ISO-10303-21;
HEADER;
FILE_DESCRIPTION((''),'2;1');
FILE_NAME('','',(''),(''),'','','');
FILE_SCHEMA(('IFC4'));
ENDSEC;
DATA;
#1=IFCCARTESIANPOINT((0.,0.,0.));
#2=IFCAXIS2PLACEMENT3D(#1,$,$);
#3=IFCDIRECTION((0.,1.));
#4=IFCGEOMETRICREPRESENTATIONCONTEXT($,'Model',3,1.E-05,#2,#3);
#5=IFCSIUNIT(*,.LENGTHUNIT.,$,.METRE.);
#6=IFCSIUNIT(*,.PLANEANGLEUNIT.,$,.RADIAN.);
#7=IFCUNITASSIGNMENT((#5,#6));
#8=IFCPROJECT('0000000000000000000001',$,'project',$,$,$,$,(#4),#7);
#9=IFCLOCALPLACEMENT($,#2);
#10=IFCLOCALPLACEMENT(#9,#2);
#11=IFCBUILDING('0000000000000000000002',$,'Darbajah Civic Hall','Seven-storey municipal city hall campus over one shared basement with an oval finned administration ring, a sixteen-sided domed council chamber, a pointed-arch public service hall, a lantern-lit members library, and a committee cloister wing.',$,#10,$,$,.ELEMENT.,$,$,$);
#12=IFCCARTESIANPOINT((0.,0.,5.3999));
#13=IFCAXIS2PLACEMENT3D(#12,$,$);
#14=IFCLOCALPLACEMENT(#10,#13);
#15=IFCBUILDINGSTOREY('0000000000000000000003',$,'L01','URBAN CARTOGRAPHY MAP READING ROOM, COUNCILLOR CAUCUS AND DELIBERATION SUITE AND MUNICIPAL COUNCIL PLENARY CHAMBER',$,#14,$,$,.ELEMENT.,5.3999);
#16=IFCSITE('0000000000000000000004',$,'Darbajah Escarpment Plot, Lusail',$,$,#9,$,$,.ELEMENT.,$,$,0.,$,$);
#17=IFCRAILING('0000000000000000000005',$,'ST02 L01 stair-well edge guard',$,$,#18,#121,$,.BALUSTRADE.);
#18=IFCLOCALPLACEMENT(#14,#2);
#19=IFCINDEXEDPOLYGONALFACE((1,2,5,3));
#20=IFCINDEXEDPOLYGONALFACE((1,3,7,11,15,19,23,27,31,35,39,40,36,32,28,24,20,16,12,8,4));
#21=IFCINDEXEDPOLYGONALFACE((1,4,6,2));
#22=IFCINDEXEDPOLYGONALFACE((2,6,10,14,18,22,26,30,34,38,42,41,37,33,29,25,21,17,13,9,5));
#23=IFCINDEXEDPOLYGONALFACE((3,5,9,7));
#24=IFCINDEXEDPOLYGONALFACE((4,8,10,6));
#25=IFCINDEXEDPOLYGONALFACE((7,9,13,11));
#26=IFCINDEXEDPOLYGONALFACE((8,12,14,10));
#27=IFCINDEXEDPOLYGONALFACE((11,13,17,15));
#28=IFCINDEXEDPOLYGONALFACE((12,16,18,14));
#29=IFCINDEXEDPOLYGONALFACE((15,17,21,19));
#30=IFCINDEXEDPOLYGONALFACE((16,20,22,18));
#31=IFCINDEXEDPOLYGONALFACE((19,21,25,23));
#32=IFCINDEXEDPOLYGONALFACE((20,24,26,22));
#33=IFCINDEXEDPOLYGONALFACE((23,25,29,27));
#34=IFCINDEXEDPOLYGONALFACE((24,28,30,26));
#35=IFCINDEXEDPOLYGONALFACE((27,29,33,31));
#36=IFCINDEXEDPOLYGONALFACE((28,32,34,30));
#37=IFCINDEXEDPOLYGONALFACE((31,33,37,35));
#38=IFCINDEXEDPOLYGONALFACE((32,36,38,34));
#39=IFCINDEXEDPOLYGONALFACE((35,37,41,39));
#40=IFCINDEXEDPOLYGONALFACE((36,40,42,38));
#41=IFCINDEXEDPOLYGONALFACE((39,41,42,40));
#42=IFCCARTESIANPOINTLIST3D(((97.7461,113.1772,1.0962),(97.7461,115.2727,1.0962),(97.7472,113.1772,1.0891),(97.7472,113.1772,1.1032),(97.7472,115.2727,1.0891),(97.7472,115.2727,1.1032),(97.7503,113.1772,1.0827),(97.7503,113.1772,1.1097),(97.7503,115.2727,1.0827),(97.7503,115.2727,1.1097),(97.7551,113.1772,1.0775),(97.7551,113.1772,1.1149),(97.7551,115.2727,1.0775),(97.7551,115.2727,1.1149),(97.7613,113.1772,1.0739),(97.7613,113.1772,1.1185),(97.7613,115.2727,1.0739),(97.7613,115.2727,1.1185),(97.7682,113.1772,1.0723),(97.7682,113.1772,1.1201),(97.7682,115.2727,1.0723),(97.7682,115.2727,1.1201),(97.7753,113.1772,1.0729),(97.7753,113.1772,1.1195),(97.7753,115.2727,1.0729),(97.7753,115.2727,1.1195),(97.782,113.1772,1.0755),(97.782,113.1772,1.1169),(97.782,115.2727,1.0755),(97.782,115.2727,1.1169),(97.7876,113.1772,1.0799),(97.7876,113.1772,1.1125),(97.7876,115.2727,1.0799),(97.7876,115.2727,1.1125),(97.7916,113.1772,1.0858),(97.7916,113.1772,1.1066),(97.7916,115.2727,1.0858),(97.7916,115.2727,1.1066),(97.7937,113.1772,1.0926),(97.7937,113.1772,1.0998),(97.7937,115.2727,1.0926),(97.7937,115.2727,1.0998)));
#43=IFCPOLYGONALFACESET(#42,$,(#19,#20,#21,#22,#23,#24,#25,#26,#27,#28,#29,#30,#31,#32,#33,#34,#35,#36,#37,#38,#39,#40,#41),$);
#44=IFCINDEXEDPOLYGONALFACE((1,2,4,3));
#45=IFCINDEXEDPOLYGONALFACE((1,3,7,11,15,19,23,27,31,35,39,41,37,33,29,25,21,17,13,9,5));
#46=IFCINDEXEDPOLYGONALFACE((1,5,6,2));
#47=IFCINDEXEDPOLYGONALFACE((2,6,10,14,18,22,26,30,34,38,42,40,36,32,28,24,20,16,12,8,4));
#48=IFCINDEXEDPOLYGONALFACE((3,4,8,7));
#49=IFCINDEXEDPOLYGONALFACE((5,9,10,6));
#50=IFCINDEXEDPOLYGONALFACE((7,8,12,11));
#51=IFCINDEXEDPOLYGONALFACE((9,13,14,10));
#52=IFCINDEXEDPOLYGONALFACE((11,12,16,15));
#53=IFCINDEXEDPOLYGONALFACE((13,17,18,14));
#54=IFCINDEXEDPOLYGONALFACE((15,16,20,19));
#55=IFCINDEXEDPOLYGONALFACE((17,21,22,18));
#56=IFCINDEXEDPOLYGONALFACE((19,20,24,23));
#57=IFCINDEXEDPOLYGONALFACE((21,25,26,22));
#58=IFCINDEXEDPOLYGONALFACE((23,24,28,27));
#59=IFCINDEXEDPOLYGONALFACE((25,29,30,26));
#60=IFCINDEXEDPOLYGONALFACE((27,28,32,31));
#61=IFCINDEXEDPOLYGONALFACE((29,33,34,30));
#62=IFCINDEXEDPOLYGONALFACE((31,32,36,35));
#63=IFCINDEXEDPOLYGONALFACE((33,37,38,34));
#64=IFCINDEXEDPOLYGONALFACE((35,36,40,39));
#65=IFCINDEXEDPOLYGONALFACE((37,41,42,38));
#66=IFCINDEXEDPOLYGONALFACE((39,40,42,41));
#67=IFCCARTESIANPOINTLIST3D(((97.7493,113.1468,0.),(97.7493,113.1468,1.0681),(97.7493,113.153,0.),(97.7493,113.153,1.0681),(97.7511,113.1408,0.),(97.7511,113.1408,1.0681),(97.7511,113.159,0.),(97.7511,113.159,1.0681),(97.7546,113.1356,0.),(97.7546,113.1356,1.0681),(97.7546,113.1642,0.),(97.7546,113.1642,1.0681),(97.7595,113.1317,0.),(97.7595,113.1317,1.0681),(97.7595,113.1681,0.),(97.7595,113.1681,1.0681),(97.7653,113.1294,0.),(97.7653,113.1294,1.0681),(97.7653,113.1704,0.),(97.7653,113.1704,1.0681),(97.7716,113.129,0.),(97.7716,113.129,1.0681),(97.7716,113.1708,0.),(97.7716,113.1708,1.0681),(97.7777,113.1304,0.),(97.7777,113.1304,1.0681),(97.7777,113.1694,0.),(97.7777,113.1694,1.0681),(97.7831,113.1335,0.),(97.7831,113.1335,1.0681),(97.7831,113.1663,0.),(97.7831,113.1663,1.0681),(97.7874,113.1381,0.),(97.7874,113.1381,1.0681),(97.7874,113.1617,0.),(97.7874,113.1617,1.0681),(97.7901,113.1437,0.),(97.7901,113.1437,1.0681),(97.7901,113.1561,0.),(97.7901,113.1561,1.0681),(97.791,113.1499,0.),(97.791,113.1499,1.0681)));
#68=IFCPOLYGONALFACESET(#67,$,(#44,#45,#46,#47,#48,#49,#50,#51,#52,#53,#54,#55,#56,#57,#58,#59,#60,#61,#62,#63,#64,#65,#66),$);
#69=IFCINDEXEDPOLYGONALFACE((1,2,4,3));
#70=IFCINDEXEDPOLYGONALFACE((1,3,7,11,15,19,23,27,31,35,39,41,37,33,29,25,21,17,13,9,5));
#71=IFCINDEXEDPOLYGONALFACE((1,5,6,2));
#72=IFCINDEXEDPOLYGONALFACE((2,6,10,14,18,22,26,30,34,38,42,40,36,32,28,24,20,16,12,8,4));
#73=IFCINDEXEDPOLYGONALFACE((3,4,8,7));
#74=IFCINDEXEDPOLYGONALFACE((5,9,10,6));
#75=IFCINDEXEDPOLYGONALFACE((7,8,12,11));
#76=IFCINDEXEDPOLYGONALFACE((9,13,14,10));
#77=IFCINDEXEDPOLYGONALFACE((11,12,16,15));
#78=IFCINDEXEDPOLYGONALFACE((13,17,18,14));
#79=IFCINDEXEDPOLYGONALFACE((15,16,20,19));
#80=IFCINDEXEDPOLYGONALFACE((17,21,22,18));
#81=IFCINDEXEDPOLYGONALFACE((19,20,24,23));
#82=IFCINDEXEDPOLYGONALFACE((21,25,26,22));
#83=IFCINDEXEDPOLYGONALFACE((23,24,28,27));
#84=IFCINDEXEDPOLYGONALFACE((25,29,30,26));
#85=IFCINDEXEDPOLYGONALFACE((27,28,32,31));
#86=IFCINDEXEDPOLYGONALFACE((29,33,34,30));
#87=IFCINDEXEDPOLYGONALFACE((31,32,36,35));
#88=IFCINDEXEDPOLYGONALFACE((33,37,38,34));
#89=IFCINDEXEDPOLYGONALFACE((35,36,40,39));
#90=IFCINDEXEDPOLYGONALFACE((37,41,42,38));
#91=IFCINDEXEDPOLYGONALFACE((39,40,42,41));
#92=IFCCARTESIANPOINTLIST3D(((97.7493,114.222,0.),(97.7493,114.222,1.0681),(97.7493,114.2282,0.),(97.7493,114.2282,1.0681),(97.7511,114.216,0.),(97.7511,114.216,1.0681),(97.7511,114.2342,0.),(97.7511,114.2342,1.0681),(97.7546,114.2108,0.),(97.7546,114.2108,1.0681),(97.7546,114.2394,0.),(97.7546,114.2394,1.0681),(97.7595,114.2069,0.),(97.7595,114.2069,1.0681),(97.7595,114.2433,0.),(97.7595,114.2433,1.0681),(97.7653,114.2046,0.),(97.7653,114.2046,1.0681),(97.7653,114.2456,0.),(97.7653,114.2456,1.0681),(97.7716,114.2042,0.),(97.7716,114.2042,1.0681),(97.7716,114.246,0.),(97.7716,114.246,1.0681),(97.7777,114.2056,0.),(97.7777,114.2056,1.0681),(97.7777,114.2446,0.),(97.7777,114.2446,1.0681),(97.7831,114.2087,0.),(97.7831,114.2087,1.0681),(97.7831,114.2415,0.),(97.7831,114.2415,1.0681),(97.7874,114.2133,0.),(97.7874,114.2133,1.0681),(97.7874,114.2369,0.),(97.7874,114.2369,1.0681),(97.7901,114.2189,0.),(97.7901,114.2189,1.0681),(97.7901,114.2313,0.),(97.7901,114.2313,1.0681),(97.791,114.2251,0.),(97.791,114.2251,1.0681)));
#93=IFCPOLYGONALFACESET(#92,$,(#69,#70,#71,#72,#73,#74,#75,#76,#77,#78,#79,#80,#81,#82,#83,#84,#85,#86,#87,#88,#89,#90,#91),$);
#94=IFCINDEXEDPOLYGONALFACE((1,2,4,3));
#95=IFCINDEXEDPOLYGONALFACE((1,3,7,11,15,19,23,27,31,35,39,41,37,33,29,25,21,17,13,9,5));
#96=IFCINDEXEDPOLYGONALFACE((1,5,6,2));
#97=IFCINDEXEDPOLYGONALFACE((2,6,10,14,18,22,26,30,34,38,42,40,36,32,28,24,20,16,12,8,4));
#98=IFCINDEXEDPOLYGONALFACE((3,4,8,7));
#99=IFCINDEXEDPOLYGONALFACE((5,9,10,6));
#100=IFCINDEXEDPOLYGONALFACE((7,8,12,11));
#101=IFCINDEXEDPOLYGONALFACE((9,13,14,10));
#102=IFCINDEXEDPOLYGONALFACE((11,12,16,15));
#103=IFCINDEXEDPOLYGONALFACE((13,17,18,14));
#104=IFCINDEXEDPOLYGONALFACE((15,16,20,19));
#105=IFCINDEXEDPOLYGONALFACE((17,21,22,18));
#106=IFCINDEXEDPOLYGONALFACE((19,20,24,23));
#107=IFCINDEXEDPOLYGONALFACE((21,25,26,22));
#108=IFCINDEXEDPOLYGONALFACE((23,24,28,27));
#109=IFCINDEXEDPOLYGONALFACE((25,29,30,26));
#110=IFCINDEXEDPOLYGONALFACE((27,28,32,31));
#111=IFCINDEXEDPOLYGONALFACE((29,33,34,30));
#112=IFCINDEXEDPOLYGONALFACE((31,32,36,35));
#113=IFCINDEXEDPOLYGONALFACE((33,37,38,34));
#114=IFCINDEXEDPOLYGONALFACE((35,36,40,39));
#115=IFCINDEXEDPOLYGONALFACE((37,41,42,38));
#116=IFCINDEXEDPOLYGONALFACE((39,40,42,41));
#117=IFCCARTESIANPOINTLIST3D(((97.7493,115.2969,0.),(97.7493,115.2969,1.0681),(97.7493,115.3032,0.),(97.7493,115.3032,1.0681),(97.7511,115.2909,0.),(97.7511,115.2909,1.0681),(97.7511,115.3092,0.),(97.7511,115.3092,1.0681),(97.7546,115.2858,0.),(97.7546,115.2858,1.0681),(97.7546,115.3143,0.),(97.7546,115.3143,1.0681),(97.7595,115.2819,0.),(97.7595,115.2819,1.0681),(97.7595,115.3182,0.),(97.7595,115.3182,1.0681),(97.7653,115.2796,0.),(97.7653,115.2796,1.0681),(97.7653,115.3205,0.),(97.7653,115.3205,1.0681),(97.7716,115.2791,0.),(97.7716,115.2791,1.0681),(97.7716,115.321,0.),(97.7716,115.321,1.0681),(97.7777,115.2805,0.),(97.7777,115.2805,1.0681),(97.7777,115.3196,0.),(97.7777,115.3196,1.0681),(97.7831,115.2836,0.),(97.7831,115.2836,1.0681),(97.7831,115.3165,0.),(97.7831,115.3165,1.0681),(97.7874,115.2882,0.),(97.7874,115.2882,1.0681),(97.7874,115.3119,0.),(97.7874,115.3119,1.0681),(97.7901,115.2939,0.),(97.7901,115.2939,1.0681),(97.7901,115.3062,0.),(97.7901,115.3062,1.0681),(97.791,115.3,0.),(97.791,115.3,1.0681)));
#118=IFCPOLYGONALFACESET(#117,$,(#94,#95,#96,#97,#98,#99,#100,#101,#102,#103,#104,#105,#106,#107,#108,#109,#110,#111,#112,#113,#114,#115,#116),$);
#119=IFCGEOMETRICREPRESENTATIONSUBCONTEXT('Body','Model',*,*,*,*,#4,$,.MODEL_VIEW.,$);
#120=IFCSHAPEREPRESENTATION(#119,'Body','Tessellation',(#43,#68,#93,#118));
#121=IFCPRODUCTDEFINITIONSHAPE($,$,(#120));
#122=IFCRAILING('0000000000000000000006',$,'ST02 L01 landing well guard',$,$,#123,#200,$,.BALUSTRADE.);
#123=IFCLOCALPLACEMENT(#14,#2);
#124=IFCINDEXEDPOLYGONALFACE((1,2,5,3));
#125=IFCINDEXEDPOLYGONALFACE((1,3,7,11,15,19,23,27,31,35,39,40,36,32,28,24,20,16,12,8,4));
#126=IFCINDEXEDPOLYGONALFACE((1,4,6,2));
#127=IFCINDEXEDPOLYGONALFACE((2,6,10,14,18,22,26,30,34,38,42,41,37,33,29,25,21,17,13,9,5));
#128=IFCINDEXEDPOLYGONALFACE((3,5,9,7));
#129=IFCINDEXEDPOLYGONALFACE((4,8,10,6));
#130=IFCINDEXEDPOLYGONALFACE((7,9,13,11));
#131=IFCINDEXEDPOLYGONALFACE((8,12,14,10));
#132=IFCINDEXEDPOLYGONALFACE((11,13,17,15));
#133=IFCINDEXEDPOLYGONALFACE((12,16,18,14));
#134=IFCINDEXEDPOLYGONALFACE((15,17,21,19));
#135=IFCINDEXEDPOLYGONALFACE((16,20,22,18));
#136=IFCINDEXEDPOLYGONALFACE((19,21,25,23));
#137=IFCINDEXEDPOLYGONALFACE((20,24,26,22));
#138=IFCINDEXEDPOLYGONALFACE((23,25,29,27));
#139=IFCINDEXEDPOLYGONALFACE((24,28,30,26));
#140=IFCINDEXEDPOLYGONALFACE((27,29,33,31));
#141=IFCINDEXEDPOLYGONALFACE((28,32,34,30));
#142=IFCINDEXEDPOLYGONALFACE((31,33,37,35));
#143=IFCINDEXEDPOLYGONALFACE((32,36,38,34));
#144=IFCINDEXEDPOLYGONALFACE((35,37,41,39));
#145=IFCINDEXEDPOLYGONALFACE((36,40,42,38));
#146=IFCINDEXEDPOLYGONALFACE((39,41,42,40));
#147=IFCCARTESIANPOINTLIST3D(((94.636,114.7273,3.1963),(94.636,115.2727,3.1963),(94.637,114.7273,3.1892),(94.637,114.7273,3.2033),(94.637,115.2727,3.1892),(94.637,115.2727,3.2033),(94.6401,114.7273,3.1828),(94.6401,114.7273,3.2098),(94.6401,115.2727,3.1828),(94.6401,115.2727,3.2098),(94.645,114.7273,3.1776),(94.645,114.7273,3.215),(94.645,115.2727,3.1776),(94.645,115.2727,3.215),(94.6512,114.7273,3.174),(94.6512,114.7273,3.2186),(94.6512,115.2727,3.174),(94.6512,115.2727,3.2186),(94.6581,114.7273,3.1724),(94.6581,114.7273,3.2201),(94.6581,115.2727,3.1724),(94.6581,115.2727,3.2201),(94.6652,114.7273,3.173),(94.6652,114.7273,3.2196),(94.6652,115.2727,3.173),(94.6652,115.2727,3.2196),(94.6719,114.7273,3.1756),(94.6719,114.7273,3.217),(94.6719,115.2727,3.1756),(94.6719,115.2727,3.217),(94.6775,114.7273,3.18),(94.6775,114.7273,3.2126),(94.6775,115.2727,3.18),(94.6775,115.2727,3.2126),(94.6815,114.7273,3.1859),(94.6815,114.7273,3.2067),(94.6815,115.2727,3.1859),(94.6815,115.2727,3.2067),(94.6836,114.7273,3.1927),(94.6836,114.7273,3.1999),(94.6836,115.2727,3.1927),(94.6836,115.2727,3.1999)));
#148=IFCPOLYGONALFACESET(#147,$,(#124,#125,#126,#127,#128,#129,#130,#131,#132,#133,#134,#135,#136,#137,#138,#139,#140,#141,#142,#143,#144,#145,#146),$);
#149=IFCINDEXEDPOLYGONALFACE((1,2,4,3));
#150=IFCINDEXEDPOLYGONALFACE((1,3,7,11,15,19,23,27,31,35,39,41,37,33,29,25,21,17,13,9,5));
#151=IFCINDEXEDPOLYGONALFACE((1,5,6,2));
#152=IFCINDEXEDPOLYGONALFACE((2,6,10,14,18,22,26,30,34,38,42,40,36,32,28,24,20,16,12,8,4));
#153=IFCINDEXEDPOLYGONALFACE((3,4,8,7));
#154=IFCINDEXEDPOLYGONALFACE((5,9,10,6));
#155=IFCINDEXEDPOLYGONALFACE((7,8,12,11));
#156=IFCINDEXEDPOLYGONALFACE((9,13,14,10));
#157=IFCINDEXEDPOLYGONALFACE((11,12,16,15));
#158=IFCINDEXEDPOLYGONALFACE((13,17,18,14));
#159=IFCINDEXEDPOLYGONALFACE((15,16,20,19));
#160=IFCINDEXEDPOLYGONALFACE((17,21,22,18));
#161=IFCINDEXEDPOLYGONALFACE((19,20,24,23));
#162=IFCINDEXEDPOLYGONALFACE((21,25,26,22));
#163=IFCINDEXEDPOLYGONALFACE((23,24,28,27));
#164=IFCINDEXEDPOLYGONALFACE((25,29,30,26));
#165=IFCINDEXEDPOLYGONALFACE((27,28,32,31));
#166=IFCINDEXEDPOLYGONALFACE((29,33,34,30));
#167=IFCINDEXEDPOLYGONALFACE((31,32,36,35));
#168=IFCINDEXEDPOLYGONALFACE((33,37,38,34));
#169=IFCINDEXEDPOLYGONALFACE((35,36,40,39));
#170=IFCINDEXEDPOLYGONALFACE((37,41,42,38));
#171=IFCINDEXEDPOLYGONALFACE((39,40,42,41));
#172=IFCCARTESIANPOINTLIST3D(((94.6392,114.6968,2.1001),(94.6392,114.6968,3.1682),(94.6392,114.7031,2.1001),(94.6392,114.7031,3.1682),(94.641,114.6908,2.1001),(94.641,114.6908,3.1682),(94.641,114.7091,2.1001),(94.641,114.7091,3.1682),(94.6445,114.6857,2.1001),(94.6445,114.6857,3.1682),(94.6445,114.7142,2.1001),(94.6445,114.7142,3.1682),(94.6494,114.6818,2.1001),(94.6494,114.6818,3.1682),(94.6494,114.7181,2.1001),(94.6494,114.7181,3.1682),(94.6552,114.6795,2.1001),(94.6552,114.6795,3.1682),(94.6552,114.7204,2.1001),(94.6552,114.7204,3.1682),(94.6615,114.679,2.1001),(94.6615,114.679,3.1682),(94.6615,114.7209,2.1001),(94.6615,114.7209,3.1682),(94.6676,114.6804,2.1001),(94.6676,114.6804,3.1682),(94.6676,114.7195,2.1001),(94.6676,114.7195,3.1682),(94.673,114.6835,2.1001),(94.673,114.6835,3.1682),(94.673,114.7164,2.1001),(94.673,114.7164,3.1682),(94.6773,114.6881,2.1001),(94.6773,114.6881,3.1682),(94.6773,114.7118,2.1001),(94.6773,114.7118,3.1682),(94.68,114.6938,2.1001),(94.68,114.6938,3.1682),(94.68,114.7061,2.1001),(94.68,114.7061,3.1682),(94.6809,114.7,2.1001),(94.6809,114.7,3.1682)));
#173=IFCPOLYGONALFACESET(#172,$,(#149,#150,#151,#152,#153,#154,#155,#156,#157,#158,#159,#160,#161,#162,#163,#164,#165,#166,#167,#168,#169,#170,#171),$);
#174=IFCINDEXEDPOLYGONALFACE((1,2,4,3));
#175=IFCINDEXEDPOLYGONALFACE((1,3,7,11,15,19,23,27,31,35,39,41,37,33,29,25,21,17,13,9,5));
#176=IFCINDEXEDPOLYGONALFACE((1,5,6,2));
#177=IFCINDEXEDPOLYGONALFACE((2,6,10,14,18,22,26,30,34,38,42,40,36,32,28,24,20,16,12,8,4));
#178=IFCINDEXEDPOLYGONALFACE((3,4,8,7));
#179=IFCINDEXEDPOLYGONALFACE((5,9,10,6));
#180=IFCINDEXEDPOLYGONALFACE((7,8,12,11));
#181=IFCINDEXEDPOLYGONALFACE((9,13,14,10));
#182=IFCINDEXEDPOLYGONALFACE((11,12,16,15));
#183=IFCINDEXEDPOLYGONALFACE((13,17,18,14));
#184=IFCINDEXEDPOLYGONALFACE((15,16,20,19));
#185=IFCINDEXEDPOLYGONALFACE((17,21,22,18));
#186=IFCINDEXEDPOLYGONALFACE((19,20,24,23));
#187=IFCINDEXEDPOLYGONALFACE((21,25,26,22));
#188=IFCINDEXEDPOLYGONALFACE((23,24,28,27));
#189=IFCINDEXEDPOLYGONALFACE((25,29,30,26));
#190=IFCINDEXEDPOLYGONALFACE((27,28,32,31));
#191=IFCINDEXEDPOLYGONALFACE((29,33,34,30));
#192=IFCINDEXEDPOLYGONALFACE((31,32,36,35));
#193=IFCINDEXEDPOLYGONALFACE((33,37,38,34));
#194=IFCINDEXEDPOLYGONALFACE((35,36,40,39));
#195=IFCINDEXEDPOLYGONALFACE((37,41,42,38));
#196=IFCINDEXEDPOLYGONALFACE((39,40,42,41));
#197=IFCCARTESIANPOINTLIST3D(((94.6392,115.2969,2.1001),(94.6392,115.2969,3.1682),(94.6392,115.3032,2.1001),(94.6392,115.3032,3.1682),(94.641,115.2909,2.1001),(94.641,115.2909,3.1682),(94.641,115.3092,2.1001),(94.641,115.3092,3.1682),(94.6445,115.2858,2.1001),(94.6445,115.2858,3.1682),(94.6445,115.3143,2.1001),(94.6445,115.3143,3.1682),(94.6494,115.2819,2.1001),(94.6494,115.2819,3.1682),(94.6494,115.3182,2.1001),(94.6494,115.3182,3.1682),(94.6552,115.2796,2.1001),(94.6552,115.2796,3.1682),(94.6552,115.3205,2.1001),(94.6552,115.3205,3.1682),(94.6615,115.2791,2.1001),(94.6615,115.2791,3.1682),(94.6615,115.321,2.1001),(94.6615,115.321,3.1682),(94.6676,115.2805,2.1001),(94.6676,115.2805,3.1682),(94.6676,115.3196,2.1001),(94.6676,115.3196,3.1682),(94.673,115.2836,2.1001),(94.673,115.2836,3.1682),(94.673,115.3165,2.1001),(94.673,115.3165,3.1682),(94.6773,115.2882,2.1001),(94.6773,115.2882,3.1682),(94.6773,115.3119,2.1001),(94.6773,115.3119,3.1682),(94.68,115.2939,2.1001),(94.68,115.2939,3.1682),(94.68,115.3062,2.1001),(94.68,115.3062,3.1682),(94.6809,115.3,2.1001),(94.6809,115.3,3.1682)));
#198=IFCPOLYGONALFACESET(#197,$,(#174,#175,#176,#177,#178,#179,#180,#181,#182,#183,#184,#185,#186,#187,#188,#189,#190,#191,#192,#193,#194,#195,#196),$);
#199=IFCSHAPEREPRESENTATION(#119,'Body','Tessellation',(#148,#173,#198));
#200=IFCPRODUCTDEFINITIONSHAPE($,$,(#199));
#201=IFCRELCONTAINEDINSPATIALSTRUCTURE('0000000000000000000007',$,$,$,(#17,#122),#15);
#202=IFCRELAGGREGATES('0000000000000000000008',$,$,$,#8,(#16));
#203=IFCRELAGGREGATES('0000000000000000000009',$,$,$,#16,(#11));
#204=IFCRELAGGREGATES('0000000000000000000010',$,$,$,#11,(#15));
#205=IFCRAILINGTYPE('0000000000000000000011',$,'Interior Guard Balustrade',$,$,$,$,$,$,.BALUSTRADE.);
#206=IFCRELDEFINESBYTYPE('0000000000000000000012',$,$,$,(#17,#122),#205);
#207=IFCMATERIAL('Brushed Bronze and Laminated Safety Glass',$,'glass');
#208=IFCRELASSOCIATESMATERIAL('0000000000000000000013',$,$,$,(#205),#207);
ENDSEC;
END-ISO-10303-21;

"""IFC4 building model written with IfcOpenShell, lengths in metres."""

from ifc_helpers import new_model, si_unit, direction, frame, origin, origin_2d, place, context, subcontext, project, spatial, circle, extrude, material, type_object, element, save


model = new_model("IFC4")

# Units and contexts
model_context = context("Model", 3, precision=1e-05, world=origin(), true_north=direction((0.0, 1.0)))
body_context = subcontext(model_context, "Body", "Model", "MODEL_VIEW")
ifc_project = project(units=[si_unit("LENGTHUNIT", "METRE"), si_unit("PLANEANGLEUNIT", "RADIAN")], contexts=[model_context])

# Site, building, storey
site_placement = place(None, origin())
site = spatial("IfcSite", under=ifc_project, at=site_placement, Name="Darbajah Escarpment Plot, Lusail", CompositionType="ELEMENT", RefElevation=0.0)
building_placement = place(site_placement, origin())
building = spatial("IfcBuilding", under=site, at=building_placement, Name="Darbajah Civic Hall", Description="Seven-storey municipal city hall campus over one shared basement with an oval finned administration ring, a sixteen-sided domed council chamber, a pointed-arch public service hall, a lantern-lit members library, and a committee cloister wing.", CompositionType="ELEMENT")
storey_placement = place(building_placement, frame((0.0, 0.0, 5.3999)))
storey = spatial("IfcBuildingStorey", under=building, at=storey_placement, Name="L01", Description="URBAN CARTOGRAPHY MAP READING ROOM, COUNCILLOR CAUCUS AND DELIBERATION SUITE AND MUNICIPAL COUNCIL PLENARY CHAMBER", CompositionType="ELEMENT", Elevation=5.3999)

# Railings
ifc_material_1 = material(Name="Brushed Bronze and Laminated Safety Glass", Category="glass")
railing_type_1 = type_object("IfcRailingType", Name="Interior Guard Balustrade", PredefinedType="BALUSTRADE", material=ifc_material_1)
railing_1_placement = place(storey_placement, frame((97.77, 113.1499, 0.0)))
element("IfcRailing", 1, at=railing_1_placement, inside=storey, type_object=railing_type_1, Name="ST02 L01 stair-well edge guard", PredefinedType="BALUSTRADE", context=body_context, shape_type="SweptSolid", body=[
    extrude(circle(Radius=0.0239, at=origin_2d()), frame((0.0, 0.0273, 1.0962), z_axis=(0.0, 1.0, 0.0), x_axis=(-1.0, 0.0, 0.0)), (0.0, 0.0, 1.0), 2.0955),
    extrude(circle(Radius=0.021, at=origin_2d()), origin(), (0.0, 0.0, 1.0), 1.0681),
    extrude(circle(Radius=0.021, at=origin_2d()), frame((0.0, 1.0752, 0.0)), (0.0, 0.0, 1.0), 1.0681),
    extrude(circle(Radius=0.021, at=origin_2d()), frame((0.0, 2.1501, 0.0)), (0.0, 0.0, 1.0), 1.0681),
])
railing_2_placement = place(storey_placement, frame((94.6599, 114.7, 2.1001)))
element("IfcRailing", 2, at=railing_2_placement, inside=storey, type_object=railing_type_1, Name="ST02 L01 landing well guard", PredefinedType="BALUSTRADE", context=body_context, shape_type="SweptSolid", body=[
    extrude(circle(Radius=0.0239, at=origin_2d()), frame((0.0, 0.0273, 1.0962), z_axis=(0.0, 1.0, 0.0), x_axis=(-1.0, 0.0, 0.0)), (0.0, 0.0, 1.0), 0.5454),
    extrude(circle(Radius=0.021, at=origin_2d()), origin(), (0.0, 0.0, 1.0), 1.0681),
    extrude(circle(Radius=0.021, at=origin_2d()), frame((0.0, 0.6001, 0.0)), (0.0, 0.0, 1.0), 1.0681),
])

save(model, "model.ifc")
